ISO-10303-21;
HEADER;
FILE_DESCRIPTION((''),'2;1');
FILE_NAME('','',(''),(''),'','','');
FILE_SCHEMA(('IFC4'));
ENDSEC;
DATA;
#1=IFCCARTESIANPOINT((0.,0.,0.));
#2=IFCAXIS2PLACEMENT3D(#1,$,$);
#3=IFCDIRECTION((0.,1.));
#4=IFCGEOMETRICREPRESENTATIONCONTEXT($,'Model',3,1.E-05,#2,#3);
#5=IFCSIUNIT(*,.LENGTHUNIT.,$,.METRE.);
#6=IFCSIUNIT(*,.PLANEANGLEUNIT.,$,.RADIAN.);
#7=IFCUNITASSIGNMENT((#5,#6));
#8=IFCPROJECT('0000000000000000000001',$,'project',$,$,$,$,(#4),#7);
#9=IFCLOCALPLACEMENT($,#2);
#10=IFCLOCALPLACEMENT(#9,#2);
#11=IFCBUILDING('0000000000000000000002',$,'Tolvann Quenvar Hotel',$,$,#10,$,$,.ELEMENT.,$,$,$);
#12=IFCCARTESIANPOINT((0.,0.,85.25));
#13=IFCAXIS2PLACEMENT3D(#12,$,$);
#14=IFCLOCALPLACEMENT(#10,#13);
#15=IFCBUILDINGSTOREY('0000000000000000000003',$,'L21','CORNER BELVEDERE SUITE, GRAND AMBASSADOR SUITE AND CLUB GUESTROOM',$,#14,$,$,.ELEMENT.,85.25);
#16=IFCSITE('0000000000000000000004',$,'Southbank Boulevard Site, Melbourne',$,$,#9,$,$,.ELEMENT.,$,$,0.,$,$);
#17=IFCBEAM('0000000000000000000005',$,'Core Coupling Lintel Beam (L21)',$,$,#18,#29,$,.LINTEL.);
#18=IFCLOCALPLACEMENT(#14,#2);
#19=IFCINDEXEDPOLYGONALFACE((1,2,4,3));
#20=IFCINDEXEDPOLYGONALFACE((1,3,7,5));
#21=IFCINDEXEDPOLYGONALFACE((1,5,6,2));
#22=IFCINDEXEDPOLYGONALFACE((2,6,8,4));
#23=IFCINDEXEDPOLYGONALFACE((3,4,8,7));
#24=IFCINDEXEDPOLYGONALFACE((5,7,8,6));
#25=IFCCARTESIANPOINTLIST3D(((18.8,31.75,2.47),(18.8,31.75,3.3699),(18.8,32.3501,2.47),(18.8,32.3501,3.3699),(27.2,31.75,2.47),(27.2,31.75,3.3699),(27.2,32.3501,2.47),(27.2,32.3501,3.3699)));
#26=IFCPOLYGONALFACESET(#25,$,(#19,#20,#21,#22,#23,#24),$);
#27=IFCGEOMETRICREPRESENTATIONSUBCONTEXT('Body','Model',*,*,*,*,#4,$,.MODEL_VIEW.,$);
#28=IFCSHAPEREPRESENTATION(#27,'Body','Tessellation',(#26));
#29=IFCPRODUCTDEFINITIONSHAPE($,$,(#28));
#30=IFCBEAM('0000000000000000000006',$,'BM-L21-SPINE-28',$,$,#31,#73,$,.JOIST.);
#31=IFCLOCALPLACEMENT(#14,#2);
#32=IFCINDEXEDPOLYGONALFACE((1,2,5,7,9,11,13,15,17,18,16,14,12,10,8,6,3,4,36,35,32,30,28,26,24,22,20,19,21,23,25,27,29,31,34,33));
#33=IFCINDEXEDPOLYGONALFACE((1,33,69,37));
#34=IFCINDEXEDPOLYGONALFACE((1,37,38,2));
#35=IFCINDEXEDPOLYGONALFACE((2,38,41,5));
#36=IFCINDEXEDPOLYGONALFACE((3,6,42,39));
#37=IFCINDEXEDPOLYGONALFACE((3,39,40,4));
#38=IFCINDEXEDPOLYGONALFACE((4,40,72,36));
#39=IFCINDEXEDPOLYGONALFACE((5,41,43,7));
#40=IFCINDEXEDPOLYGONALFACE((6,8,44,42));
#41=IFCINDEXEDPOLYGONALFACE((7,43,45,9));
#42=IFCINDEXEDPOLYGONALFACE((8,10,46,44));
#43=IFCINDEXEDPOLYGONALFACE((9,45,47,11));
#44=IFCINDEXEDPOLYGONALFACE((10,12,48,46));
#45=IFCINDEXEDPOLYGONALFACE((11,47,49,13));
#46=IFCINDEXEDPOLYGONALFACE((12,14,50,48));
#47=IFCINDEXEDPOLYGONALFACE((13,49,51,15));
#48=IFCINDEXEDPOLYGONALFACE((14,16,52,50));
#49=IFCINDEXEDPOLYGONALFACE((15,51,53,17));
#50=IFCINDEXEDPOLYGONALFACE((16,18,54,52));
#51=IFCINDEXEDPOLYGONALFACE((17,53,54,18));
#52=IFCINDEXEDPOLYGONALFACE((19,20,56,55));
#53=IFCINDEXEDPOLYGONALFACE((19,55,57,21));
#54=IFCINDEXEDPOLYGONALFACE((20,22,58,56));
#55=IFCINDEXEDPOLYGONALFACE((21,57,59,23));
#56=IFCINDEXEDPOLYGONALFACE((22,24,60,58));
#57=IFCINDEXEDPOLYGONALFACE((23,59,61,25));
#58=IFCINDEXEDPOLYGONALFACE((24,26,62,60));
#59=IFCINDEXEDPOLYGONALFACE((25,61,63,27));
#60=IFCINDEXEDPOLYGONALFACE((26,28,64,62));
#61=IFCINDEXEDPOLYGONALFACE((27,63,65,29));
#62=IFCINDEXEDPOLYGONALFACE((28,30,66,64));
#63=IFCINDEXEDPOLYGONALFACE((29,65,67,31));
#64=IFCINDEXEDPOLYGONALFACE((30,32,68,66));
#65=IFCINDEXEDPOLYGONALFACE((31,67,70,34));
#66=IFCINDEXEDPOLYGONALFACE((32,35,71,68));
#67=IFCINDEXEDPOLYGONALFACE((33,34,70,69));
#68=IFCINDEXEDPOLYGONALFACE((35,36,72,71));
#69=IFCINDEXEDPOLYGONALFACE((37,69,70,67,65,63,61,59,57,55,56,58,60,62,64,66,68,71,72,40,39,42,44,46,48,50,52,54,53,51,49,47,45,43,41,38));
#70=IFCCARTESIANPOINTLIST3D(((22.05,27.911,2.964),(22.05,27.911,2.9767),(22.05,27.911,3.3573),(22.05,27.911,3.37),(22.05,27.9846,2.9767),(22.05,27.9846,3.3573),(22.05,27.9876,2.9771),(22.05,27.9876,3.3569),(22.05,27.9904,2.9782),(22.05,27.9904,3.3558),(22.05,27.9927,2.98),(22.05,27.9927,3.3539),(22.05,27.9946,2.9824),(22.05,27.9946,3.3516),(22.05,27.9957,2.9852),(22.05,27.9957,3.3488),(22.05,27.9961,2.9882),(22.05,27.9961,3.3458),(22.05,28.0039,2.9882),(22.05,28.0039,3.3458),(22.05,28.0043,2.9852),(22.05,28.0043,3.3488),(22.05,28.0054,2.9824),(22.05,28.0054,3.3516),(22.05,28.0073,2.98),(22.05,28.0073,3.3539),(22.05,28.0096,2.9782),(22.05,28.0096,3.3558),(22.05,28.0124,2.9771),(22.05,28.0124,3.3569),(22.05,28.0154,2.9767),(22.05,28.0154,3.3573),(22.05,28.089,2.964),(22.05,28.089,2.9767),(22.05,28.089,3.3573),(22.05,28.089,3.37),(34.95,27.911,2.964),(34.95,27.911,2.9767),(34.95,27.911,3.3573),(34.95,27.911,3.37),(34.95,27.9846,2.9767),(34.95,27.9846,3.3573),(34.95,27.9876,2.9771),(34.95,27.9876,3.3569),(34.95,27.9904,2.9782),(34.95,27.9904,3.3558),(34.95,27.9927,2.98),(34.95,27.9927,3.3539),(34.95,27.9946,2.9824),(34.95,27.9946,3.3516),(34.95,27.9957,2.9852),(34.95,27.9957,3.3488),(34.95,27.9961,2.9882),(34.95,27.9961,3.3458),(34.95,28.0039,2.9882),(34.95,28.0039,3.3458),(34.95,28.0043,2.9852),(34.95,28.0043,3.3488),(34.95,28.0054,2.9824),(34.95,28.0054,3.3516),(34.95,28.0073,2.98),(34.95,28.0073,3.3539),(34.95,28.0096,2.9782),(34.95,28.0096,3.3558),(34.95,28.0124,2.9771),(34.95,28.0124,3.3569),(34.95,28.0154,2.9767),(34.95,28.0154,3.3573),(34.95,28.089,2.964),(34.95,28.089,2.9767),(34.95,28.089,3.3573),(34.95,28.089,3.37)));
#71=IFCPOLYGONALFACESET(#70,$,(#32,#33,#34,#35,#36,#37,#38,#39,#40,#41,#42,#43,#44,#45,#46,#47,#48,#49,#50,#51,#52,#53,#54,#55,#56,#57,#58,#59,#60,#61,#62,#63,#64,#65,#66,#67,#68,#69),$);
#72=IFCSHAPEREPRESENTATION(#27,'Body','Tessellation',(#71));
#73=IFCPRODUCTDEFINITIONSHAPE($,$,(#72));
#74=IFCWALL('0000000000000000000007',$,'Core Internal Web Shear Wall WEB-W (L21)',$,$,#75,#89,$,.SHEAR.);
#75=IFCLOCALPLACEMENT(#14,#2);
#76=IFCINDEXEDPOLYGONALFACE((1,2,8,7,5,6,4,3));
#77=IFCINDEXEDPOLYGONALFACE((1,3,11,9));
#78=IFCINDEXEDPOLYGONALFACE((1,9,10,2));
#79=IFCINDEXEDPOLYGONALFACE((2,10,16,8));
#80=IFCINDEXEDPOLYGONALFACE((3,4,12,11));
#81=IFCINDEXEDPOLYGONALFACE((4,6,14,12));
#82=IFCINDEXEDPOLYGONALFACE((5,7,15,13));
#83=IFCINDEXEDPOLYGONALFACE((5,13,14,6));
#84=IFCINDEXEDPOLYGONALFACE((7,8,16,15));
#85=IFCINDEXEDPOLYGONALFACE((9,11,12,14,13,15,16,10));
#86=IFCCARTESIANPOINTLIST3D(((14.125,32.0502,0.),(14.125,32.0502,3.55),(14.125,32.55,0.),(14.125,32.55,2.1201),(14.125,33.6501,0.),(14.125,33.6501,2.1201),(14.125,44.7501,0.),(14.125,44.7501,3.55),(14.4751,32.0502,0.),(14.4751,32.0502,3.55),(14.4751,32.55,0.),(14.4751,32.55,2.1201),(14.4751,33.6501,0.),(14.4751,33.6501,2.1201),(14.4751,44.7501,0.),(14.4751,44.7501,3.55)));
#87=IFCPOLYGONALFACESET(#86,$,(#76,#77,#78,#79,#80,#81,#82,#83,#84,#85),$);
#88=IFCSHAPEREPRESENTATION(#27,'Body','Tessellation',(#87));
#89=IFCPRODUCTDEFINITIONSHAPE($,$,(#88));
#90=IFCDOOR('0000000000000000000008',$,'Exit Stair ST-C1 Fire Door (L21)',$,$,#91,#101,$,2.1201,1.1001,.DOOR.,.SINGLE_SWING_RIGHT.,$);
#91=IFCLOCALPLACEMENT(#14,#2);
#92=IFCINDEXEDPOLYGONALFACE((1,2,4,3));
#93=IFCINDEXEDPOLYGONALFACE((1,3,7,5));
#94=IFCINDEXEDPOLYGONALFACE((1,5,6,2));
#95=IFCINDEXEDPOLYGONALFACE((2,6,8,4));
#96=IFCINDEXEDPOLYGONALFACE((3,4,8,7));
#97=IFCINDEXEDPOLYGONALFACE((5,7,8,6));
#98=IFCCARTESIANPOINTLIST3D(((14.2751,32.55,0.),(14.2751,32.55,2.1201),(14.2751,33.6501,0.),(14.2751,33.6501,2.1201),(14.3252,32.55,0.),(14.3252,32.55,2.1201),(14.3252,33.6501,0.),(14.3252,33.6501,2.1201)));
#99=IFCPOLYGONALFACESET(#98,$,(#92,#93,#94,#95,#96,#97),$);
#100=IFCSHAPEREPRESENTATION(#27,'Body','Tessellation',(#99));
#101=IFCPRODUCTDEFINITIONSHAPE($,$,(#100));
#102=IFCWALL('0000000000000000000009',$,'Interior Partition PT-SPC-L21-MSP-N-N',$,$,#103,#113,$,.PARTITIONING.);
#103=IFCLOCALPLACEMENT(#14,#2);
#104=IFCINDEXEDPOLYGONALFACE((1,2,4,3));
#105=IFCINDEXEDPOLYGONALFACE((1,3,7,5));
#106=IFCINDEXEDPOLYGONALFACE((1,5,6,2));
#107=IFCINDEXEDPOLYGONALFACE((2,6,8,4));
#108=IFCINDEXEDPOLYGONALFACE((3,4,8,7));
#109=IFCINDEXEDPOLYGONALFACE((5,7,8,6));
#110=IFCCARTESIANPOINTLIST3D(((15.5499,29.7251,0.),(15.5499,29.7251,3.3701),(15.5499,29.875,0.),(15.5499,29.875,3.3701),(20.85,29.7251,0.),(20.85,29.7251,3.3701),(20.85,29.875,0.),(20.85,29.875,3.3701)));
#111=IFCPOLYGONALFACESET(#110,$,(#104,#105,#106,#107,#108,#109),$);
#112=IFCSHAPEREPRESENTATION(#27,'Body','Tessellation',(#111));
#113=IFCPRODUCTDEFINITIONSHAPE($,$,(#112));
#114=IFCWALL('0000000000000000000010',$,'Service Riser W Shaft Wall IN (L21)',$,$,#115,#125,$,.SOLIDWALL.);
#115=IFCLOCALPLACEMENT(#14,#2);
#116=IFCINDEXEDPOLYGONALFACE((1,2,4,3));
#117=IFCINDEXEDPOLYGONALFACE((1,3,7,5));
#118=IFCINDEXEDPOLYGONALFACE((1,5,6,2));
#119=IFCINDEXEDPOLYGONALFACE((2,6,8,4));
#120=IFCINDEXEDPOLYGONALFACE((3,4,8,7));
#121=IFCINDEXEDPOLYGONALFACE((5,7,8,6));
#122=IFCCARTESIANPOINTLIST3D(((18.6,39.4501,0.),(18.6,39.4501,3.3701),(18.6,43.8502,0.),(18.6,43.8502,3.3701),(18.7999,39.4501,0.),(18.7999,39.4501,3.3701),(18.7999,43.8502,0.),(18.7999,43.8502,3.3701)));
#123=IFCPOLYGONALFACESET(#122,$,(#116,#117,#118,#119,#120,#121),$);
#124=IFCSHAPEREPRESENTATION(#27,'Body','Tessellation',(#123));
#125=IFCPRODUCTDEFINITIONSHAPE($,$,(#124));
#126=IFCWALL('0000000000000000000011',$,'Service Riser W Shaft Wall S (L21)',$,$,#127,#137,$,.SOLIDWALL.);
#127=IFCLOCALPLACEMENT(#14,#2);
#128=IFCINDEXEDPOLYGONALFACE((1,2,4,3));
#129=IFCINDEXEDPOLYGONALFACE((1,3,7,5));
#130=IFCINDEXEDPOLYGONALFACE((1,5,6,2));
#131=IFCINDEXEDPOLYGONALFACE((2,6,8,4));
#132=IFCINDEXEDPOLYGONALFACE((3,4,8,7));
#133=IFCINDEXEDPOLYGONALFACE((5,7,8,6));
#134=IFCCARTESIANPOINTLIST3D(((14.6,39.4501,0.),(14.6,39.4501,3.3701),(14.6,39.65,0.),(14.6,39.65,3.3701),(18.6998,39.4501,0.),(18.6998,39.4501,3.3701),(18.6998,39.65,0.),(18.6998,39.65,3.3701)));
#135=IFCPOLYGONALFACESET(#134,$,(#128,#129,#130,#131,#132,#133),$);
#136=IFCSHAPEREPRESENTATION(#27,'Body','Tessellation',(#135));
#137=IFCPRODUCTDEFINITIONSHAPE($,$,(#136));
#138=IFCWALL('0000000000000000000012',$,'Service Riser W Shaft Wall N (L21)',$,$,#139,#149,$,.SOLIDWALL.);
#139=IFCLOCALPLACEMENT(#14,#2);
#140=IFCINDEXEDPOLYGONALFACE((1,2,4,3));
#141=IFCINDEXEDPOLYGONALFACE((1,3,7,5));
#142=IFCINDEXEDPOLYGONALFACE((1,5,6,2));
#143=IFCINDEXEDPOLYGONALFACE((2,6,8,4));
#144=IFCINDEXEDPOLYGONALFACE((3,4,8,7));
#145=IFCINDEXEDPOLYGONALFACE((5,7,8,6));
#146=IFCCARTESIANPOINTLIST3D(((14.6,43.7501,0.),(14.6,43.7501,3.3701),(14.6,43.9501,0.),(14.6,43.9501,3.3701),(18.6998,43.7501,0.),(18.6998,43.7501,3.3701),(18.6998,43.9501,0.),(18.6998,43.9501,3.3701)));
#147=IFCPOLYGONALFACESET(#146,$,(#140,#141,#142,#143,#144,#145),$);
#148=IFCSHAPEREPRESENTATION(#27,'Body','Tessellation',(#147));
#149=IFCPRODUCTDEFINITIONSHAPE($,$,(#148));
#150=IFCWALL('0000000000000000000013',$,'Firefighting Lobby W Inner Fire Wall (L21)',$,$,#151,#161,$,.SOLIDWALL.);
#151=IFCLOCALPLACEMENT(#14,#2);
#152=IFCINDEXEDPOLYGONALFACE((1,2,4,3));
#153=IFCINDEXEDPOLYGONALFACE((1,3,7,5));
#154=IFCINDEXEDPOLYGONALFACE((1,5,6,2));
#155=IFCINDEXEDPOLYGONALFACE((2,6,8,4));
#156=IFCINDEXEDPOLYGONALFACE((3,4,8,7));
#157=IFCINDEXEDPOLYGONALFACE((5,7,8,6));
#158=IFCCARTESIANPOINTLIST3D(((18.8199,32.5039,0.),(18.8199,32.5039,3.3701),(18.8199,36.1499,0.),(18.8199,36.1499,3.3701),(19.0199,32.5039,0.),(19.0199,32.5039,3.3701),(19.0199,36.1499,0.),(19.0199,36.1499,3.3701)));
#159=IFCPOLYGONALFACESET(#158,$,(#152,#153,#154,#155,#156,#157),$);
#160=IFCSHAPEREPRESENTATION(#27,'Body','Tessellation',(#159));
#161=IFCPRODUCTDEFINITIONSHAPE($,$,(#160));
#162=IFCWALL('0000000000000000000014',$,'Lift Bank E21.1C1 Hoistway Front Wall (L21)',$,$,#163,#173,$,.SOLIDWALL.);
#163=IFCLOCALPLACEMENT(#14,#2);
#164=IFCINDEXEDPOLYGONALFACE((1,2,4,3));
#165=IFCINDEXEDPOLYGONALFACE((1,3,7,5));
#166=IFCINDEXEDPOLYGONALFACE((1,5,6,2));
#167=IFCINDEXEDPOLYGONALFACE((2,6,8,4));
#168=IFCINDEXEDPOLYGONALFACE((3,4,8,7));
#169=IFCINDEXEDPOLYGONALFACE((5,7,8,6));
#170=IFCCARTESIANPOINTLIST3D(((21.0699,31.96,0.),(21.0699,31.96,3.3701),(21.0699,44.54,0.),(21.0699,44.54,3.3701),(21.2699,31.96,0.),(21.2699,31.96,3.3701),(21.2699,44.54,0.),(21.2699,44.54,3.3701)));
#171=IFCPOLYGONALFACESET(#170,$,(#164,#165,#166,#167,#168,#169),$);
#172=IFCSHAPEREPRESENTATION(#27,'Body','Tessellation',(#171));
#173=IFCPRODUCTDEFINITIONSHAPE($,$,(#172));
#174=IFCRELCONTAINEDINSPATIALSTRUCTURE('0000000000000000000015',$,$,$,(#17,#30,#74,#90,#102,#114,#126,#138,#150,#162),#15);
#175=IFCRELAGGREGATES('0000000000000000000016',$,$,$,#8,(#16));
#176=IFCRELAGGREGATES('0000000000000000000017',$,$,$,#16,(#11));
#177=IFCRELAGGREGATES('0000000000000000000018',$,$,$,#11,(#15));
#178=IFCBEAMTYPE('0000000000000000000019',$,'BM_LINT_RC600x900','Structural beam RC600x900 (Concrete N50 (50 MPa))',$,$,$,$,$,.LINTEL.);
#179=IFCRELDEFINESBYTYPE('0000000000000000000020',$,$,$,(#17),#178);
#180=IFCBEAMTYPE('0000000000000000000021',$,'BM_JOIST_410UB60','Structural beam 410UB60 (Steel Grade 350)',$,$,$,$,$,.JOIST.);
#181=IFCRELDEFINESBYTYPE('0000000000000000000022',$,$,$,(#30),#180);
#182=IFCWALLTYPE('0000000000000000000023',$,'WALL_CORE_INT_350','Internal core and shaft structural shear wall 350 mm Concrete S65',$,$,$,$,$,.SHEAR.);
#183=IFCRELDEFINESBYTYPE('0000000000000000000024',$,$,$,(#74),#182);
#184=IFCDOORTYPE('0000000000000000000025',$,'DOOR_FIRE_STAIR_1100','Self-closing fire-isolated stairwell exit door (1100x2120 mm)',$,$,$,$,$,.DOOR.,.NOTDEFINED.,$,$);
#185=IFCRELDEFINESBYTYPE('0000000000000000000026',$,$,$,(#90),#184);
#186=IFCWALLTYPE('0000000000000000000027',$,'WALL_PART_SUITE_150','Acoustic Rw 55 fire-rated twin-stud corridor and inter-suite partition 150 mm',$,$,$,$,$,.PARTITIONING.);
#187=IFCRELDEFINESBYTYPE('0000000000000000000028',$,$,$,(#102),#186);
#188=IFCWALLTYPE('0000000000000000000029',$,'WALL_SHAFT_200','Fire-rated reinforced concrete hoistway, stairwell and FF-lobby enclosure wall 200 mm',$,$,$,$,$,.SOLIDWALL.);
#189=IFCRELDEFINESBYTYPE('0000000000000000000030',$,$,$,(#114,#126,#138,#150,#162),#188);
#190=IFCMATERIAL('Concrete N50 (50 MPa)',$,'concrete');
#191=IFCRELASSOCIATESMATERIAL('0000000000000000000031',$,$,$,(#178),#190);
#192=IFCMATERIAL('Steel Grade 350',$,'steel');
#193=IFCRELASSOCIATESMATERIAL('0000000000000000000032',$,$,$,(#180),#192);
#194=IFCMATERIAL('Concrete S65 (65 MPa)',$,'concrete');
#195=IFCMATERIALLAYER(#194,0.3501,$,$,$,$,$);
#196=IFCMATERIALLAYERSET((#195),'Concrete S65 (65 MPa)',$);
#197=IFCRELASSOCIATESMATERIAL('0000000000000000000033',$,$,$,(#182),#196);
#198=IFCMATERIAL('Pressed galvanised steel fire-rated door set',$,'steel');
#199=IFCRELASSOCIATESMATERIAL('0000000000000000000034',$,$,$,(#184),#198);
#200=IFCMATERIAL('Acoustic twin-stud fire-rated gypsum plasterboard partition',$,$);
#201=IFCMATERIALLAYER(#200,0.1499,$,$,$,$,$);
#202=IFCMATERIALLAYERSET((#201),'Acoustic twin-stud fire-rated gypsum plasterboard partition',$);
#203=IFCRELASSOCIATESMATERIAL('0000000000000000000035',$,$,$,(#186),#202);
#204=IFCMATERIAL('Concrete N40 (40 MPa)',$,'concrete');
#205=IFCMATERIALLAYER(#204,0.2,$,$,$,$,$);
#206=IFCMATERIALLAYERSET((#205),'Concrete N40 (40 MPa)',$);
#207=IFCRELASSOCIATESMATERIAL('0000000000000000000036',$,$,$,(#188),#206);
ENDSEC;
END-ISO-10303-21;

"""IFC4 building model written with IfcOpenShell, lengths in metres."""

from ifc_helpers import new_model, si_unit, direction, frame, frame_2d, origin, origin_2d, place, context, subcontext, project, spatial, rectangle, i_section, extrude, source, transform, mapped, material, layer, layer_set, material_profile, profile_set, type_object, type_shapes, element, fill, save


model = new_model("IFC4")

# Units and contexts
model_context = context("Model", 3, precision=1e-05, world=origin(), true_north=direction((0.0, 1.0)))
body_context = subcontext(model_context, "Body", "Model", "MODEL_VIEW")
ifc_project = project(units=[si_unit("LENGTHUNIT", "METRE"), si_unit("PLANEANGLEUNIT", "RADIAN")], contexts=[model_context])

# Site, building, storey
site_placement = place(None, origin())
site = spatial("IfcSite", under=ifc_project, at=site_placement, Name="Southbank Boulevard Site, Melbourne", CompositionType="ELEMENT", RefElevation=0.0)
building_placement = place(site_placement, origin())
building = spatial("IfcBuilding", under=site, at=building_placement, Name="Tolvann Quenvar Hotel", CompositionType="ELEMENT")
storey_placement = place(building_placement, frame((0.0, 0.0, 85.25)))
storey = spatial("IfcBuildingStorey", under=building, at=storey_placement, Name="L21", Description="CORNER BELVEDERE SUITE, GRAND AMBASSADOR SUITE AND CLUB GUESTROOM", CompositionType="ELEMENT", Elevation=85.25)

# Beams
ifc_material_1 = material(Name="Concrete N50 (50 MPa)", Category="concrete")
ifc_material_profile_1 = material_profile(ifc_material_1, rectangle(XDim=0.6001, YDim=0.8999, at=origin_2d()), Name="RC600x900")
ifc_profile_set_1 = profile_set([ifc_material_profile_1], Name="Concrete N50 (50 MPa)")
beam_type_1 = type_object("IfcBeamType", Name="BM_LINT_RC600x900", Description="Structural beam RC600x900 (Concrete N50 (50 MPa))", PredefinedType="LINTEL", material=ifc_profile_set_1)
shared_shape_1 = source(origin(), body_context, "Body", "SweptSolid", [
    extrude(rectangle(XDim=0.6001, YDim=0.8999, at=origin_2d()), origin(), (0.0, 0.0, 1.0), 8.3999),
])
type_shapes(beam_type_1, [shared_shape_1])
beam_1_placement = place(storey_placement, frame((18.8, 32.05, 2.9199), z_axis=(1.0, 0.0, 0.0), x_axis=(0.0, 1.0, 0.0)))
element("IfcBeam", 1, at=beam_1_placement, inside=storey, type_object=beam_type_1, Name="Core Coupling Lintel Beam (L21)", PredefinedType="LINTEL", context=body_context, shape_type="MappedRepresentation", body=[
    mapped(shared_shape_1, transform((0.0, 0.0, 0.0), x_axis=(1.0, 0.0, 0.0), y_axis=(0.0, 1.0, 0.0), z_axis=(0.0, 0.0, 1.0), scale=1.0)),
])
ifc_material_2 = material(Name="Steel Grade 350", Category="steel")
ifc_material_profile_2 = material_profile(ifc_material_2, i_section(OverallWidth=0.178, OverallDepth=0.406, WebThickness=0.0078, FlangeThickness=0.0127, FilletRadius=0.0115, at=origin_2d()), Name="410UB60")
ifc_profile_set_2 = profile_set([ifc_material_profile_2], Name="Steel Grade 350")
beam_type_2 = type_object("IfcBeamType", Name="BM_JOIST_410UB60", Description="Structural beam 410UB60 (Steel Grade 350)", PredefinedType="JOIST", material=ifc_profile_set_2)
shared_shape_2 = source(origin(), body_context, "Body", "SweptSolid", [
    extrude(i_section(OverallWidth=0.178, OverallDepth=0.406, WebThickness=0.0078, FlangeThickness=0.0127, FilletRadius=0.0115, at=origin_2d()), origin(), (0.0, 0.0, 1.0), 12.8999),
])
type_shapes(beam_type_2, [shared_shape_2])
beam_2_placement = place(storey_placement, frame((22.05, 28.0, 3.167), z_axis=(1.0, 0.0, 0.0), x_axis=(0.0, 1.0, 0.0)))
element("IfcBeam", 2, at=beam_2_placement, inside=storey, type_object=beam_type_2, Name="BM-L21-SPINE-28", PredefinedType="JOIST", context=body_context, shape_type="MappedRepresentation", body=[
    mapped(shared_shape_2, transform((0.0, 0.0, 0.0), x_axis=(1.0, 0.0, 0.0), y_axis=(0.0, 1.0, 0.0), z_axis=(0.0, 0.0, 1.0), scale=1.0)),
])

# Wall, opening, door
ifc_material_3 = material(Name="Concrete S65 (65 MPa)", Category="concrete")
ifc_layer_1 = layer(ifc_material_3, 0.3501)
ifc_layer_set_1 = layer_set([ifc_layer_1], Name="Concrete S65 (65 MPa)")
wall_type_1 = type_object("IfcWallType", Name="WALL_CORE_INT_350", Description="Internal core and shaft structural shear wall 350 mm Concrete S65", PredefinedType="SHEAR", material=ifc_layer_set_1)
wall_1_placement = place(storey_placement, frame((14.3, 32.05, 0.0), z_axis=(0.0, 0.0, 1.0), x_axis=(0.0, 1.0, 0.0)))
wall_1 = element("IfcWall", 3, at=wall_1_placement, inside=storey, type_object=wall_type_1, Name="Core Internal Web Shear Wall WEB-W (L21)", PredefinedType="SHEAR", context=body_context, shape_type="SweptSolid", body=[
    extrude(rectangle(XDim=12.7, YDim=0.3501, at=frame_2d((6.3501, 0.0))), origin(), (0.0, 0.0, 1.0), 3.55),
])
opening_1_placement = place(wall_1_placement, frame((0.5, 0.0, 0.0)))
opening_1 = element("IfcOpeningElement", 4, at=opening_1_placement, cuts=wall_1, PredefinedType="OPENING", context=body_context, shape_type="SweptSolid", body=[
    extrude(rectangle(XDim=1.1001, YDim=2.1201, at=frame_2d((0.55, 1.0601))), frame((0.0, 0.1851, 0.0), z_axis=(0.0, -1.0, 0.0), x_axis=(1.0, 0.0, 0.0)), (0.0, 0.0, 1.0), 0.3701),
])
ifc_material_4 = material(Name="Pressed galvanised steel fire-rated door set", Category="steel")
door_type_1 = type_object("IfcDoorType", Name="DOOR_FIRE_STAIR_1100", Description="Self-closing fire-isolated stairwell exit door (1100x2120 mm)", OperationType="NOTDEFINED", PredefinedType="DOOR", material=ifc_material_4)
shared_shape_3 = source(origin(), body_context, "Body", "SweptSolid", [
    extrude(rectangle(XDim=1.1001, YDim=2.1201, at=frame_2d((0.55, 1.0601))), frame((0.0, 0.0249, 0.0), z_axis=(0.0, -1.0, 0.0), x_axis=(1.0, 0.0, 0.0)), (0.0, 0.0, 1.0), 0.05),
])
type_shapes(door_type_1, [shared_shape_3])
door_1_placement = place(opening_1_placement, origin())
door_1 = element("IfcDoor", 5, at=door_1_placement, inside=storey, type_object=door_type_1, Name="Exit Stair ST-C1 Fire Door (L21)", OperationType="SINGLE_SWING_RIGHT", OverallHeight=2.1201, OverallWidth=1.1001, PredefinedType="DOOR", context=body_context, shape_type="MappedRepresentation", body=[
    mapped(shared_shape_3, transform((0.0, 0.0, 0.0), x_axis=(1.0, 0.0, 0.0), y_axis=(0.0, 1.0, 0.0), z_axis=(0.0, 0.0, 1.0), scale=1.0)),
])
fill(opening_1, door_1)

# Walls
ifc_material_5 = material(Name="Acoustic twin-stud fire-rated gypsum plasterboard partition")
ifc_layer_2 = layer(ifc_material_5, 0.1499)
ifc_layer_set_2 = layer_set([ifc_layer_2], Name="Acoustic twin-stud fire-rated gypsum plasterboard partition")
wall_type_2 = type_object("IfcWallType", Name="WALL_PART_SUITE_150", Description="Acoustic Rw 55 fire-rated twin-stud corridor and inter-suite partition 150 mm", PredefinedType="PARTITIONING", material=ifc_layer_set_2)
wall_2_placement = place(storey_placement, frame((15.55, 29.8, 0.0), z_axis=(0.0, 0.0, 1.0), x_axis=(1.0, 0.0, 0.0)))
element("IfcWall", 6, at=wall_2_placement, inside=storey, type_object=wall_type_2, Name="Interior Partition PT-SPC-L21-MSP-N-N", PredefinedType="PARTITIONING", context=body_context, shape_type="SweptSolid", body=[
    extrude(rectangle(XDim=5.3, YDim=0.1499, at=frame_2d((2.6499, 0.0))), origin(), (0.0, 0.0, 1.0), 3.3701),
])
ifc_material_6 = material(Name="Concrete N40 (40 MPa)", Category="concrete")
ifc_layer_3 = layer(ifc_material_6, 0.2)
ifc_layer_set_3 = layer_set([ifc_layer_3], Name="Concrete N40 (40 MPa)")
wall_type_3 = type_object("IfcWallType", Name="WALL_SHAFT_200", Description="Fire-rated reinforced concrete hoistway, stairwell and FF-lobby enclosure wall 200 mm", PredefinedType="SOLIDWALL", material=ifc_layer_set_3)
wall_3_placement = place(storey_placement, frame((18.7, 39.45, 0.0), z_axis=(0.0, 0.0, 1.0), x_axis=(0.0, 1.0, 0.0)))
element("IfcWall", 7, at=wall_3_placement, inside=storey, type_object=wall_type_3, Name="Service Riser W Shaft Wall IN (L21)", PredefinedType="SOLIDWALL", context=body_context, shape_type="SweptSolid", body=[
    extrude(rectangle(XDim=4.4001, YDim=0.2, at=frame_2d((2.2002, 0.0))), origin(), (0.0, 0.0, 1.0), 3.3701),
])
for number, where, z_axis, x_axis, name in (
    (8, (14.6001, 39.55, 0.0), (0.0, 0.0, 1.0), (1.0, 0.0, 0.0), "Service Riser W Shaft Wall S (L21)"),
    (9, (14.6001, 43.8501, 0.0), (0.0, 0.0, 1.0), (1.0, 0.0, 0.0), "Service Riser W Shaft Wall N (L21)"),
):
    element("IfcWall", number, at=place(storey_placement, frame(where, z_axis=z_axis, x_axis=x_axis)), inside=storey, type_object=wall_type_3, Name=name, PredefinedType="SOLIDWALL", context=body_context, shape_type="SweptSolid", body=[
        extrude(rectangle(XDim=4.0999, YDim=0.2, at=frame_2d((2.0498, 0.0))), origin(), (0.0, 0.0, 1.0), 3.3701),
    ])
wall_4_placement = place(storey_placement, frame((18.9199, 32.5039, 0.0), z_axis=(0.0, 0.0, 1.0), x_axis=(0.0, 1.0, 0.0)))
element("IfcWall", 10, at=wall_4_placement, inside=storey, type_object=wall_type_3, Name="Firefighting Lobby W Inner Fire Wall (L21)", PredefinedType="SOLIDWALL", context=body_context, shape_type="SweptSolid", body=[
    extrude(rectangle(XDim=3.646, YDim=0.2, at=frame_2d((1.823, 0.0))), origin(), (0.0, 0.0, 1.0), 3.3701),
])
wall_5_placement = place(storey_placement, frame((21.1699, 31.96, 0.0), z_axis=(0.0, 0.0, 1.0), x_axis=(0.0, 1.0, 0.0)))
element("IfcWall", 11, at=wall_5_placement, inside=storey, type_object=wall_type_3, Name="Lift Bank E21.1C1 Hoistway Front Wall (L21)", PredefinedType="SOLIDWALL", context=body_context, shape_type="SweptSolid", body=[
    extrude(rectangle(XDim=12.5801, YDim=0.2, at=frame_2d((6.29, 0.0))), origin(), (0.0, 0.0, 1.0), 3.3701),
])

save(model, "model.ifc")
